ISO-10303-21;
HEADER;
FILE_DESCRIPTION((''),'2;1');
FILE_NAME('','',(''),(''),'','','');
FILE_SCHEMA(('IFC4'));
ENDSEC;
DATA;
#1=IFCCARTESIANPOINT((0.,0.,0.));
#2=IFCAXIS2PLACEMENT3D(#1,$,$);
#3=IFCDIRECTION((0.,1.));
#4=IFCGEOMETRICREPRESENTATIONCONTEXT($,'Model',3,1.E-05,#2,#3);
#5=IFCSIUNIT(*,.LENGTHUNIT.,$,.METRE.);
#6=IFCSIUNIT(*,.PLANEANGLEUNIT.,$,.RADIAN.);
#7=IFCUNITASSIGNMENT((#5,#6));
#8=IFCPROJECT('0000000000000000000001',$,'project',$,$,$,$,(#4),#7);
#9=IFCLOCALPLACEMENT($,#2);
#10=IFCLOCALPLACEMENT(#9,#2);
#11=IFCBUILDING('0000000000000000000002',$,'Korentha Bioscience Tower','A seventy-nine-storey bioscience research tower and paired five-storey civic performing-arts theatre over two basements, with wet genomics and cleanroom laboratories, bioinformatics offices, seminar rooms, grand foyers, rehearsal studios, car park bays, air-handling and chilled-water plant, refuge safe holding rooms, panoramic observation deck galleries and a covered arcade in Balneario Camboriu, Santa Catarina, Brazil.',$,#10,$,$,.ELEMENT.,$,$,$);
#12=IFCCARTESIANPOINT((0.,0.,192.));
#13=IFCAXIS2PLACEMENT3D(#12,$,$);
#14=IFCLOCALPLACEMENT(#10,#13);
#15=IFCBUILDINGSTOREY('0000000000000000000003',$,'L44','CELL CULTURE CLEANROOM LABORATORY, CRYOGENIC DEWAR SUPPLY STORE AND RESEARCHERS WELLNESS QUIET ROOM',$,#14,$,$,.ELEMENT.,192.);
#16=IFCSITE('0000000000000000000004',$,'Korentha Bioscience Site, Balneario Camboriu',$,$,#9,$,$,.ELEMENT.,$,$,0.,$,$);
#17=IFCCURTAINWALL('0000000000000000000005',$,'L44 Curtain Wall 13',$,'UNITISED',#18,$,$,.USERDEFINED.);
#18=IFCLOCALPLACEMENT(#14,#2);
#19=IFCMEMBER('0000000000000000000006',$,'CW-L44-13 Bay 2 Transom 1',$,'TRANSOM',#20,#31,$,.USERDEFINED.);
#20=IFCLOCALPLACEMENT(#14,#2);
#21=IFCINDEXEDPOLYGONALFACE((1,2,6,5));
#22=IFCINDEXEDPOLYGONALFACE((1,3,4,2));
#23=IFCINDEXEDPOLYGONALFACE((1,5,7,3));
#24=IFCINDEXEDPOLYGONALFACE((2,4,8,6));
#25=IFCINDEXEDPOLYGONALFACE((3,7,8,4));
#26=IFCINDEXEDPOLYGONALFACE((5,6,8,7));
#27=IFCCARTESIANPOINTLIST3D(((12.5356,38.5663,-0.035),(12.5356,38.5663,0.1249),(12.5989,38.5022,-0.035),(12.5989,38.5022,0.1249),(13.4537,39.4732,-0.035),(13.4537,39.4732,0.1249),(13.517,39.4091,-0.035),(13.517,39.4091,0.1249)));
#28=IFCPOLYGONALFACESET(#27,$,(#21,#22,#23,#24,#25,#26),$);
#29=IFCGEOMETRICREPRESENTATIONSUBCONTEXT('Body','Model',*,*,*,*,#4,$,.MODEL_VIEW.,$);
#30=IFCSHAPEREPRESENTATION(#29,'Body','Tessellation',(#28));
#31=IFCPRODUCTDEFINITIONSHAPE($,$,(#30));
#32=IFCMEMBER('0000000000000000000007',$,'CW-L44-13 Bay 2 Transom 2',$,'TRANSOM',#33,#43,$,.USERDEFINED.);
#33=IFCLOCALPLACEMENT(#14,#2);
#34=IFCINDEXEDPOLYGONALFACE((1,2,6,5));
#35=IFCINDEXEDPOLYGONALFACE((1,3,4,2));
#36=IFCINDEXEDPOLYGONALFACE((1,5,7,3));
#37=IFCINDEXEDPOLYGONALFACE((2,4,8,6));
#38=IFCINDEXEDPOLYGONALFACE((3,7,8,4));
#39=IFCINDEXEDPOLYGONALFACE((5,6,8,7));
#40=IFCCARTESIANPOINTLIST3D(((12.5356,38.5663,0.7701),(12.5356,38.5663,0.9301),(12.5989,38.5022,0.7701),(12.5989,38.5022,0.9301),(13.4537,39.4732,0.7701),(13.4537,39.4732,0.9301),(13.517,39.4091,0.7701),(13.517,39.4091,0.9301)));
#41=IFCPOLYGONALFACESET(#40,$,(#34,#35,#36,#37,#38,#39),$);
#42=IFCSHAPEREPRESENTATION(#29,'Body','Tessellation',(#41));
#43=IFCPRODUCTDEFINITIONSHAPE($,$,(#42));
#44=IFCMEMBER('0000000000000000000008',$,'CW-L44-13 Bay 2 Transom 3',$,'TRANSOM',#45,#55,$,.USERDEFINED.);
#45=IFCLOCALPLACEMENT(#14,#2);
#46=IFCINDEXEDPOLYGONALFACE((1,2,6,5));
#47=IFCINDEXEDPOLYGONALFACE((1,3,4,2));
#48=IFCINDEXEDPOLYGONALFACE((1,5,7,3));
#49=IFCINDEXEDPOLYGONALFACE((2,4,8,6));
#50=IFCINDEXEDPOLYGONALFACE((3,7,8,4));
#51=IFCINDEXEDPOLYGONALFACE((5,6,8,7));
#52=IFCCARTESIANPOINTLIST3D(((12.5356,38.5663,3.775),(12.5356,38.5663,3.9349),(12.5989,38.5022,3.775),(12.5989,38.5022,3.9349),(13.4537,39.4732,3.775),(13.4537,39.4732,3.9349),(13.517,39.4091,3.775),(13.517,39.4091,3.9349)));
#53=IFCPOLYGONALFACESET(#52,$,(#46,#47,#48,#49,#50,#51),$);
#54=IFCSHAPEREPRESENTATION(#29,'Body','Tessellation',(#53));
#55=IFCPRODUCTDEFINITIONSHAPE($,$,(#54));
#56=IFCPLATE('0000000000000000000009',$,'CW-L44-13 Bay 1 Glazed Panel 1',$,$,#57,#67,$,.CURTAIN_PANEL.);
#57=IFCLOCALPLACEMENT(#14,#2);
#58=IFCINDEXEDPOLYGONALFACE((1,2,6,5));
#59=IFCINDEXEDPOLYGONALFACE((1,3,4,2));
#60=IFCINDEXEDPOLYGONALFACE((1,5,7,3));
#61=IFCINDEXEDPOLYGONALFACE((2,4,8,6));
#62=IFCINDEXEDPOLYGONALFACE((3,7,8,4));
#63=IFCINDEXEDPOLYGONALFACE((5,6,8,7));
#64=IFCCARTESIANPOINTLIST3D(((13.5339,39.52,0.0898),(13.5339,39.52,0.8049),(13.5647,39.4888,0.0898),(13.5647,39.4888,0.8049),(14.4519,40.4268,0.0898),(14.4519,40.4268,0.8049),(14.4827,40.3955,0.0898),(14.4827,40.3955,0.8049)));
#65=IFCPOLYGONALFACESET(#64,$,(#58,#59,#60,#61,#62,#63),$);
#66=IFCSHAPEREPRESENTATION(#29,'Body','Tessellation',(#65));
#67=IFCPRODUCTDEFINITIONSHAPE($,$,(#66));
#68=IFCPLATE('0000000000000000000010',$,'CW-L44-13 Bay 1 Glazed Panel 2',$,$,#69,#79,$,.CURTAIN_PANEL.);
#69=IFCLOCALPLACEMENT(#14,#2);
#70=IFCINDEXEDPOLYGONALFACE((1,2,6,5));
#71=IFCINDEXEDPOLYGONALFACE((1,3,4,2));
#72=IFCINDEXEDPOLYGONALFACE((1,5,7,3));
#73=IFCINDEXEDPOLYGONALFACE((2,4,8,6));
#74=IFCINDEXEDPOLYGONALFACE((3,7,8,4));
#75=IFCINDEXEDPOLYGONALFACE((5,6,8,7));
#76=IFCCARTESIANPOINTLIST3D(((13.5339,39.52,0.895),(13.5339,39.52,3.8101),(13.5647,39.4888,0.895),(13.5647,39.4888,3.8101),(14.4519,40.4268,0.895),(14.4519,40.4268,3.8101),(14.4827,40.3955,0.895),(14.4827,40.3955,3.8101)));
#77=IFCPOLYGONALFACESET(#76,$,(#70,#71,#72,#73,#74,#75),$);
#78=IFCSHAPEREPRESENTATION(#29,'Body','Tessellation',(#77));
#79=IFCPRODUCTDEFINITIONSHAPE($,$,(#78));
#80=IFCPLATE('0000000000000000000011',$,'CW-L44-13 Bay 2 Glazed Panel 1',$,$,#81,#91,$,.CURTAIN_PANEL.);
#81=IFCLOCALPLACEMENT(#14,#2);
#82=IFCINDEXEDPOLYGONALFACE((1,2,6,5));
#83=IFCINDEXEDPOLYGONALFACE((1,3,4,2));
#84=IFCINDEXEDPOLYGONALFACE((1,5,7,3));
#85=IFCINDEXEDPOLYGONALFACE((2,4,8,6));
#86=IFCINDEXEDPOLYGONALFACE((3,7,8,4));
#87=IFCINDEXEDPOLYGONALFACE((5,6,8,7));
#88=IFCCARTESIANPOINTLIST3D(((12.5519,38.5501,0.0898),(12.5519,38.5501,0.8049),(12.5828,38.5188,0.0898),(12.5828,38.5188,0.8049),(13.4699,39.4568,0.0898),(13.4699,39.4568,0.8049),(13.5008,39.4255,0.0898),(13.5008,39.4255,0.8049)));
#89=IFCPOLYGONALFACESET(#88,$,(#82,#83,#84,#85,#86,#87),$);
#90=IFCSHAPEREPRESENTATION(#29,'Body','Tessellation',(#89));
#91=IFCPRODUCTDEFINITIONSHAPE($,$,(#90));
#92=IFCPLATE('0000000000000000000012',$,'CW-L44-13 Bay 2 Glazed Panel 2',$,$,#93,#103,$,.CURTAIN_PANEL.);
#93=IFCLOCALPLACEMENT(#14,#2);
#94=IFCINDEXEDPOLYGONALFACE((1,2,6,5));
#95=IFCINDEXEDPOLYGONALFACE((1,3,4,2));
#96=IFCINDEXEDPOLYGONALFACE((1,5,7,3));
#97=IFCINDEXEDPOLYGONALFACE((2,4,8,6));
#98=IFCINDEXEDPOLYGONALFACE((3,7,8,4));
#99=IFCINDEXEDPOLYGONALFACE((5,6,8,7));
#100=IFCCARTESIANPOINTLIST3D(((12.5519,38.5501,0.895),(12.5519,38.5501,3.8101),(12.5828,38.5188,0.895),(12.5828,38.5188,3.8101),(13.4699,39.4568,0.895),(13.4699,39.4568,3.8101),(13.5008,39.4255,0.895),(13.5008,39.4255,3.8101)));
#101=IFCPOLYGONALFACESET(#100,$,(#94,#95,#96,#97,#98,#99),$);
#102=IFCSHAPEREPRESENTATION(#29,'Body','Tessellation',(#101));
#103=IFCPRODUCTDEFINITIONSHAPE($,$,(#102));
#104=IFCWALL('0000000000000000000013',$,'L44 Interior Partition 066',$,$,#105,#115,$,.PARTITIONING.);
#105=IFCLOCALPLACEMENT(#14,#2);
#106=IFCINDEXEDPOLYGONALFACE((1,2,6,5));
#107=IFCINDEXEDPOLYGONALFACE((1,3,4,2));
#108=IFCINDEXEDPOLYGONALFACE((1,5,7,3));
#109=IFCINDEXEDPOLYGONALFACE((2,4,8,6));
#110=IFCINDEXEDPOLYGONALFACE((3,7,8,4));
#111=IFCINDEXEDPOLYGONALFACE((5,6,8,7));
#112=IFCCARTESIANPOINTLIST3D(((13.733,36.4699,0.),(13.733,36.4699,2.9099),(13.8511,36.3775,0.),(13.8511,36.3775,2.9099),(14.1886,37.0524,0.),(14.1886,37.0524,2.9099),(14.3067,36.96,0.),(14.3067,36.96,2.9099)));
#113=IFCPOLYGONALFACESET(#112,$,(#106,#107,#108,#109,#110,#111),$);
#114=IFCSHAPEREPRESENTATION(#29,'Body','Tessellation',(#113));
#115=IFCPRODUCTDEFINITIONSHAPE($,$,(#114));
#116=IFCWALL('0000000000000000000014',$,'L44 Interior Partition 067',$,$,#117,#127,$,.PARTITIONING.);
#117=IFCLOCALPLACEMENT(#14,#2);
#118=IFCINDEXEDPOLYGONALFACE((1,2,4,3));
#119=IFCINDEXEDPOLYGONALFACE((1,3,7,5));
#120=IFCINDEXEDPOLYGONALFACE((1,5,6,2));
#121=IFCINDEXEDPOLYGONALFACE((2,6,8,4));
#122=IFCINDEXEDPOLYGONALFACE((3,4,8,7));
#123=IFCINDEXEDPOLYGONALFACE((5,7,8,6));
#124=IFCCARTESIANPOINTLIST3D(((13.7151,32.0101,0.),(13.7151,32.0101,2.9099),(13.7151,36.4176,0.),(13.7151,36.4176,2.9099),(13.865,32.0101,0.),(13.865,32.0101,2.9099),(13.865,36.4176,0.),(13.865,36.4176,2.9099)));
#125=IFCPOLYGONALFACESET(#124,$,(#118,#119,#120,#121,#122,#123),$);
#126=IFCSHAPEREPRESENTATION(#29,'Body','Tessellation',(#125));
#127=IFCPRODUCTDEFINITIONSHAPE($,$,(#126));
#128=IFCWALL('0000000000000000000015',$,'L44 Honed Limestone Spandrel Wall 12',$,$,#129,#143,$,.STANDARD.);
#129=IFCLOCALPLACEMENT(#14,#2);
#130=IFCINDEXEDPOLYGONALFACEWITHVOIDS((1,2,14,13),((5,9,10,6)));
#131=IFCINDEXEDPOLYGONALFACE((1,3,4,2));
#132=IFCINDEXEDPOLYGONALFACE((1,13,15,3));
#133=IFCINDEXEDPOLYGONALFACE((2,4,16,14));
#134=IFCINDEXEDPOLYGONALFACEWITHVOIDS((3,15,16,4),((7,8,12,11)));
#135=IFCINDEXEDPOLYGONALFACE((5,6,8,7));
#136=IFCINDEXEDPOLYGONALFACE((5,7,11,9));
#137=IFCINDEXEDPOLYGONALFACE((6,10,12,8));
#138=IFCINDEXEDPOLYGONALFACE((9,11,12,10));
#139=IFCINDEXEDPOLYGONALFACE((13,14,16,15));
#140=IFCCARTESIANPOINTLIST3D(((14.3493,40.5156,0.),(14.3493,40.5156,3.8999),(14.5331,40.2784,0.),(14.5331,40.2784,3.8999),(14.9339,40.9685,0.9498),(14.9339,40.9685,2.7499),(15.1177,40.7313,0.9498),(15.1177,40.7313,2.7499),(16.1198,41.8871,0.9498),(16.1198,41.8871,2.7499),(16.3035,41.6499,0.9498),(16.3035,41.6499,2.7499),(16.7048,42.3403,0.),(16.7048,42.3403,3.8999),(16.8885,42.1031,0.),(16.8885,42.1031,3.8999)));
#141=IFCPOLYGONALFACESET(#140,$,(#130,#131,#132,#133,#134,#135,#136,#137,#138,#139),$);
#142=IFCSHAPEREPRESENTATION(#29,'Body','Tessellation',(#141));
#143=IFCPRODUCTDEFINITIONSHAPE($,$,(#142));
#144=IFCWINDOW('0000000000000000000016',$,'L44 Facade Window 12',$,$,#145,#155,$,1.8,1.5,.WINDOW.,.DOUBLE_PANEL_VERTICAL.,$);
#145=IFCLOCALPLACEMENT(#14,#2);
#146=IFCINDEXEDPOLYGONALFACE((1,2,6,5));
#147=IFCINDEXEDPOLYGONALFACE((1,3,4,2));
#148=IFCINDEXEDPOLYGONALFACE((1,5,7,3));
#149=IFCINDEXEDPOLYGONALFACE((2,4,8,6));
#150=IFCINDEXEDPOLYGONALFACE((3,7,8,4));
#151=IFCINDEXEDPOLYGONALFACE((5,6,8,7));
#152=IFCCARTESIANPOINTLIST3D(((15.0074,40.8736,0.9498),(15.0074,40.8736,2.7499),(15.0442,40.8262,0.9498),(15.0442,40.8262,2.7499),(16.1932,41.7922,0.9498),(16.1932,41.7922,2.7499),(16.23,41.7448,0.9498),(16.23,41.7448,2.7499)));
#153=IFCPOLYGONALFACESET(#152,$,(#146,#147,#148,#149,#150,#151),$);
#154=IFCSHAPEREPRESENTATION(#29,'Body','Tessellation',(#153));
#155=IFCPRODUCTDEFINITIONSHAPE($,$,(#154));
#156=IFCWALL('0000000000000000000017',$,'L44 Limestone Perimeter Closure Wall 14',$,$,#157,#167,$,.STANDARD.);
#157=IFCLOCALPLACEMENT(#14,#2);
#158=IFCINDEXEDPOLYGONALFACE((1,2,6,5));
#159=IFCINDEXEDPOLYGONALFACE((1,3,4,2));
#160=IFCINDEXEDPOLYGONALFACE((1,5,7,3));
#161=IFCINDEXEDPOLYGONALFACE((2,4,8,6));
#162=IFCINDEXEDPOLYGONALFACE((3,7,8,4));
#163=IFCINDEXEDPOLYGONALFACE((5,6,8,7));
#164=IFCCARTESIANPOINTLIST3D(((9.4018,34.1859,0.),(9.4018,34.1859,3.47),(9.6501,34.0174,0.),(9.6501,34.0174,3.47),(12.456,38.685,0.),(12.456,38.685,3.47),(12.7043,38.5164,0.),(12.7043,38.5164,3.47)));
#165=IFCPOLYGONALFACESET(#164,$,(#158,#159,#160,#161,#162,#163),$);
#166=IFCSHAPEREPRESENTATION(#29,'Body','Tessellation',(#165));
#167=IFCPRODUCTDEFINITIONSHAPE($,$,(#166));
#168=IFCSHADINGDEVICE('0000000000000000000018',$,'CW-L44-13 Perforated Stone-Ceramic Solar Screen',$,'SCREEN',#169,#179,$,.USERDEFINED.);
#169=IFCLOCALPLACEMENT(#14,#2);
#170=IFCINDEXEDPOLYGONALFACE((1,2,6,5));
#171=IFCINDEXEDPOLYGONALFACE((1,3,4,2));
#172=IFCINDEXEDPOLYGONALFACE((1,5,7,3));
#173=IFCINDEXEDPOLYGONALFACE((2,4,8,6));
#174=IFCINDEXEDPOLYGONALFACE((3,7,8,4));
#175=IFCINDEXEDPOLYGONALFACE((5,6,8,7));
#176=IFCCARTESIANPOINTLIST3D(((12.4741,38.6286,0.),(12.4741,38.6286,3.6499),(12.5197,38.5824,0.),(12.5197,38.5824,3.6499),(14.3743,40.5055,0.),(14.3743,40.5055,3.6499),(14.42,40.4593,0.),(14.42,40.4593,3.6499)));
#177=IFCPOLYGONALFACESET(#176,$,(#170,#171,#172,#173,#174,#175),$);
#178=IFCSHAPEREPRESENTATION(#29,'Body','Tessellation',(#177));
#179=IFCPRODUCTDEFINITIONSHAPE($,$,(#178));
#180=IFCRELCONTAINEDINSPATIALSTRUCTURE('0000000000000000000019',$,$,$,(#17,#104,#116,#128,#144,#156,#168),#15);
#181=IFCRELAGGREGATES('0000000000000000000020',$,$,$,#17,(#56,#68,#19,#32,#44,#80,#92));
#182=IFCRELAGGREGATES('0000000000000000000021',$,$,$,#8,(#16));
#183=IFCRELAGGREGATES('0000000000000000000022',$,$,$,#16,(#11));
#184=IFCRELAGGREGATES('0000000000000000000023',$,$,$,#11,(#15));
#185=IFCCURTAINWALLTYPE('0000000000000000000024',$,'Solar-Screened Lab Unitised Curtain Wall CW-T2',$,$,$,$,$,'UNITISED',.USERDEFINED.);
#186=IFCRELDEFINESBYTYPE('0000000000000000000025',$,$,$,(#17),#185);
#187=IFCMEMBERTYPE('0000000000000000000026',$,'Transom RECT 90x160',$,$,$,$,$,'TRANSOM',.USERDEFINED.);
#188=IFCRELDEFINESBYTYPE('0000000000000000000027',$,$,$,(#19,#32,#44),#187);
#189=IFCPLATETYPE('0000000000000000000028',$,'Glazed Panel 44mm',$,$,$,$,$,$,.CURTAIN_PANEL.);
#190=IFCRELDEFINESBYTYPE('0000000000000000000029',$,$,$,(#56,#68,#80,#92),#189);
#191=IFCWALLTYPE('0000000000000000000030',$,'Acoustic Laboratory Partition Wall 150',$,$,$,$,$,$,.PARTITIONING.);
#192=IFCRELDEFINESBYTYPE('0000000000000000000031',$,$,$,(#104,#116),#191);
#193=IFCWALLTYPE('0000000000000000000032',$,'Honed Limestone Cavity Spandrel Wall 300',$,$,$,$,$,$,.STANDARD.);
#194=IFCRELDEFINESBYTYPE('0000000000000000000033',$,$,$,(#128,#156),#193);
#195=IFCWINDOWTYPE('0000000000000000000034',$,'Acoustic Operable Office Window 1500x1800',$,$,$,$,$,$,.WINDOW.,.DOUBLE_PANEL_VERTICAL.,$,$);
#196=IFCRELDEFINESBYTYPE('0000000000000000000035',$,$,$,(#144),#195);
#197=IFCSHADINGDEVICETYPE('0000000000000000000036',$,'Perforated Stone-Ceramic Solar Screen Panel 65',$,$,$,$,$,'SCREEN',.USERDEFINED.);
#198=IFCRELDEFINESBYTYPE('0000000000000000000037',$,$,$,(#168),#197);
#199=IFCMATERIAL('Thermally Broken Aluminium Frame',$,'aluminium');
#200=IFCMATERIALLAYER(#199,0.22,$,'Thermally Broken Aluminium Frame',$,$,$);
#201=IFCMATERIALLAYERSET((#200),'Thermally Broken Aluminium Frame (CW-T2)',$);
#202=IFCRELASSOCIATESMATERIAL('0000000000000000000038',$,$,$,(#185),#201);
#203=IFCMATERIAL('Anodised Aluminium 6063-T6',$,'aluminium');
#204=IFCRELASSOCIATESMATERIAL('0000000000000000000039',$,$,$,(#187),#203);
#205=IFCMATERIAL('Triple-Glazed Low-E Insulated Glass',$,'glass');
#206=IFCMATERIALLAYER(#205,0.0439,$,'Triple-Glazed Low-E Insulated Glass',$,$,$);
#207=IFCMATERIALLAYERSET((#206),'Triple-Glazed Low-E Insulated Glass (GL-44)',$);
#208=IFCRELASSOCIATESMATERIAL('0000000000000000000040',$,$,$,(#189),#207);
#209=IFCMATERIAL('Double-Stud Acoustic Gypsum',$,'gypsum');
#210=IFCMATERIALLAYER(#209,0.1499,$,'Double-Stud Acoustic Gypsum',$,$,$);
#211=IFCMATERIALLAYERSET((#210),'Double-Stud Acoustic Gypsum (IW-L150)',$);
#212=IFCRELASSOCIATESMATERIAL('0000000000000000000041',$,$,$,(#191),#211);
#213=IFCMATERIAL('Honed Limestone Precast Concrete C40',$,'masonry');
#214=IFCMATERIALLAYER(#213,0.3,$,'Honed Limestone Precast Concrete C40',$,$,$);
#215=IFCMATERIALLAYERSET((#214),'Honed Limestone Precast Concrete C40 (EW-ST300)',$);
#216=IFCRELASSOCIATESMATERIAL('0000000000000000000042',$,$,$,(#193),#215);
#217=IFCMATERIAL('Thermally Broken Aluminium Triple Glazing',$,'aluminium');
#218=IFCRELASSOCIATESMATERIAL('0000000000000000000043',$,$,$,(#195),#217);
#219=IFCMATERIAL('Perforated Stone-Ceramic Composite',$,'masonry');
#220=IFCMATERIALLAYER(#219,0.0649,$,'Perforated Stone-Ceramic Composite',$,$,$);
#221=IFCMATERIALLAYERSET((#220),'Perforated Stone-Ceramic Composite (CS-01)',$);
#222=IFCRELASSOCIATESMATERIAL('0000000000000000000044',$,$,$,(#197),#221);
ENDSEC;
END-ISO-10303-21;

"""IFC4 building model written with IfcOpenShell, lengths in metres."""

from ifc_helpers import new_model, si_unit, direction, frame, frame_2d, origin, origin_2d, place, context, subcontext, project, spatial, rectangle, extrude, material, layer, layer_set, material_profile, profile_set, type_object, element, fill, aggregate, save


model = new_model("IFC4")

# Units and contexts
model_context = context("Model", 3, precision=1e-05, world=origin(), true_north=direction((0.0, 1.0)))
body_context = subcontext(model_context, "Body", "Model", "MODEL_VIEW")
ifc_project = project(units=[si_unit("LENGTHUNIT", "METRE"), si_unit("PLANEANGLEUNIT", "RADIAN")], contexts=[model_context])

# Site, building, storey
site_placement = place(None, origin())
site = spatial("IfcSite", under=ifc_project, at=site_placement, Name="Korentha Bioscience Site, Balneario Camboriu", CompositionType="ELEMENT", RefElevation=0.0)
building_placement = place(site_placement, origin())
building = spatial("IfcBuilding", under=site, at=building_placement, Name="Korentha Bioscience Tower", Description="A seventy-nine-storey bioscience research tower and paired five-storey civic performing-arts theatre over two basements, with wet genomics and cleanroom laboratories, bioinformatics offices, seminar rooms, grand foyers, rehearsal studios, car park bays, air-handling and chilled-water plant, refuge safe holding rooms, panoramic observation deck galleries and a covered arcade in Balneario Camboriu, Santa Catarina, Brazil.", CompositionType="ELEMENT")
storey_placement = place(building_placement, frame((0.0, 0.0, 192.0)))
storey = spatial("IfcBuildingStorey", under=building, at=storey_placement, Name="L44", Description="CELL CULTURE CLEANROOM LABORATORY, CRYOGENIC DEWAR SUPPLY STORE AND RESEARCHERS WELLNESS QUIET ROOM", CompositionType="ELEMENT", Elevation=192.0)

# Curtain wall
ifc_material_1 = material(Name="Thermally Broken Aluminium Frame", Category="aluminium")
ifc_layer_1 = layer(ifc_material_1, 0.22, Name="Thermally Broken Aluminium Frame")
ifc_layer_set_1 = layer_set([ifc_layer_1], Name="Thermally Broken Aluminium Frame (CW-T2)")
curtain_wall_type = type_object("IfcCurtainWallType", Name="Solar-Screened Lab Unitised Curtain Wall CW-T2", ElementType="UNITISED", PredefinedType="USERDEFINED", material=ifc_layer_set_1)
curtain_wall_placement = place(storey_placement, origin())
curtain_wall = element("IfcCurtainWall", 1, at=curtain_wall_placement, inside=storey, type_object=curtain_wall_type, Name="L44 Curtain Wall 13", ObjectType="UNITISED", PredefinedType="USERDEFINED")
ifc_material_2 = material(Name="Anodised Aluminium 6063-T6", Category="aluminium")

# Members
ifc_material_profile_1 = material_profile(ifc_material_2, rectangle(XDim=0.0901, YDim=0.1599, at=origin_2d()), Name="Anodised Aluminium 6063-T6")
ifc_profile_set_1 = profile_set([ifc_material_profile_1], Name="Anodised Aluminium 6063-T6 (CW-TRN)")
member_type_1 = type_object("IfcMemberType", Name="Transom RECT 90x160", ElementType="TRANSOM", PredefinedType="USERDEFINED", material=ifc_profile_set_1)
member_1_placement = place(storey_placement, frame((13.4854, 39.4412, 0.0449), z_axis=(-0.711444, -0.702743, 0.0), x_axis=(0.702743, -0.711444, 0.0)))
member_1 = element("IfcMember", 2, at=member_1_placement, type_object=member_type_1, Name="CW-L44-13 Bay 2 Transom 1", ObjectType="TRANSOM", PredefinedType="USERDEFINED", context=body_context, shape_type="SweptSolid", body=[
    extrude(rectangle(XDim=0.0901, YDim=0.1599, at=origin_2d()), origin(), (0.0, 0.0, 1.0), 1.2905),
])
member_2_placement = place(storey_placement, frame((13.4854, 39.4412, 0.8501), z_axis=(-0.711444, -0.702743, 0.0), x_axis=(0.702743, -0.711444, 0.0)))
member_2 = element("IfcMember", 3, at=member_2_placement, type_object=member_type_1, Name="CW-L44-13 Bay 2 Transom 2", ObjectType="TRANSOM", PredefinedType="USERDEFINED", context=body_context, shape_type="SweptSolid", body=[
    extrude(rectangle(XDim=0.0901, YDim=0.1599, at=origin_2d()), origin(), (0.0, 0.0, 1.0), 1.2905),
])
member_3_placement = place(storey_placement, frame((13.4854, 39.4412, 3.855), z_axis=(-0.711444, -0.702743, 0.0), x_axis=(0.702743, -0.711444, 0.0)))
member_3 = element("IfcMember", 4, at=member_3_placement, type_object=member_type_1, Name="CW-L44-13 Bay 2 Transom 3", ObjectType="TRANSOM", PredefinedType="USERDEFINED", context=body_context, shape_type="SweptSolid", body=[
    extrude(rectangle(XDim=0.0901, YDim=0.1599, at=origin_2d()), origin(), (0.0, 0.0, 1.0), 1.2905),
])

# Plates
ifc_material_3 = material(Name="Triple-Glazed Low-E Insulated Glass", Category="glass")
ifc_layer_2 = layer(ifc_material_3, 0.0439, Name="Triple-Glazed Low-E Insulated Glass")
ifc_layer_set_2 = layer_set([ifc_layer_2], Name="Triple-Glazed Low-E Insulated Glass (GL-44)")
plate_type = type_object("IfcPlateType", Name="Glazed Panel 44mm", PredefinedType="CURTAIN_PANEL", material=ifc_layer_set_2)
plate_1_placement = place(storey_placement, frame((14.0083, 39.9578, 0.0898), z_axis=(0.0, 0.0, 1.0), x_axis=(-0.711461, -0.702726, 0.0)))
plate_1 = element("IfcPlate", 5, at=plate_1_placement, type_object=plate_type, Name="CW-L44-13 Bay 1 Glazed Panel 1", PredefinedType="CURTAIN_PANEL", context=body_context, shape_type="SweptSolid", body=[
    extrude(rectangle(XDim=1.2903, YDim=0.0439, at=origin_2d()), origin(), (0.0, 0.0, 1.0), 0.7151),
])
plate_2_placement = place(storey_placement, frame((14.0083, 39.9578, 0.895), z_axis=(0.0, 0.0, 1.0), x_axis=(-0.711461, -0.702726, 0.0)))
plate_2 = element("IfcPlate", 6, at=plate_2_placement, type_object=plate_type, Name="CW-L44-13 Bay 1 Glazed Panel 2", PredefinedType="CURTAIN_PANEL", context=body_context, shape_type="SweptSolid", body=[
    extrude(rectangle(XDim=1.2903, YDim=0.0439, at=origin_2d()), origin(), (0.0, 0.0, 1.0), 2.915),
])
plate_3_placement = place(storey_placement, frame((13.0264, 38.9878, 0.0898), z_axis=(0.0, 0.0, 1.0), x_axis=(-0.711461, -0.702726, 0.0)))
plate_3 = element("IfcPlate", 7, at=plate_3_placement, type_object=plate_type, Name="CW-L44-13 Bay 2 Glazed Panel 1", PredefinedType="CURTAIN_PANEL", context=body_context, shape_type="SweptSolid", body=[
    extrude(rectangle(XDim=1.2903, YDim=0.0439, at=origin_2d()), origin(), (0.0, 0.0, 1.0), 0.7151),
])
plate_4_placement = place(storey_placement, frame((13.0264, 38.9878, 0.895), z_axis=(0.0, 0.0, 1.0), x_axis=(-0.711461, -0.702726, 0.0)))
plate_4 = element("IfcPlate", 8, at=plate_4_placement, type_object=plate_type, Name="CW-L44-13 Bay 2 Glazed Panel 2", PredefinedType="CURTAIN_PANEL", context=body_context, shape_type="SweptSolid", body=[
    extrude(rectangle(XDim=1.2903, YDim=0.0439, at=origin_2d()), origin(), (0.0, 0.0, 1.0), 2.915),
])
aggregate(curtain_wall, [plate_1, plate_2, member_1, member_2, member_3, plate_3, plate_4])

# Shared definitions
ifc_material_4 = material(Name="Double-Stud Acoustic Gypsum", Category="gypsum")
ifc_layer_3 = layer(ifc_material_4, 0.1499, Name="Double-Stud Acoustic Gypsum")
ifc_layer_set_3 = layer_set([ifc_layer_3], Name="Double-Stud Acoustic Gypsum (IW-L150)")
wall_type_1 = type_object("IfcWallType", Name="Acoustic Laboratory Partition Wall 150", PredefinedType="PARTITIONING", material=ifc_layer_set_3)

# Walls
wall_1_placement = place(storey_placement, frame((14.2476, 37.0061, 0.0), z_axis=(0.0, 0.0, 1.0), x_axis=(-0.616041, -0.787714, 0.0)))
element("IfcWall", 9, at=wall_1_placement, inside=storey, type_object=wall_type_1, Name="L44 Interior Partition 066", PredefinedType="PARTITIONING", context=body_context, shape_type="SweptSolid", body=[
    extrude(rectangle(XDim=0.7395, YDim=0.1499, at=frame_2d((0.3696, 0.0))), origin(), (0.0, 0.0, 1.0), 2.9099),
])
wall_2_placement = place(storey_placement, frame((13.79, 36.4175, 0.0), z_axis=(0.0, 0.0, 1.0), x_axis=(0.0, -1.0, 0.0)))
element("IfcWall", 10, at=wall_2_placement, inside=storey, type_object=wall_type_1, Name="L44 Interior Partition 067", PredefinedType="PARTITIONING", context=body_context, shape_type="SweptSolid", body=[
    extrude(rectangle(XDim=4.4075, YDim=0.1499, at=frame_2d((2.2036, 0.0))), origin(), (0.0, 0.0, 1.0), 2.9099),
])

# Wall, opening, window
ifc_material_5 = material(Name="Honed Limestone Precast Concrete C40", Category="masonry")
ifc_layer_4 = layer(ifc_material_5, 0.3, Name="Honed Limestone Precast Concrete C40")
ifc_layer_set_4 = layer_set([ifc_layer_4], Name="Honed Limestone Precast Concrete C40 (EW-ST300)")
wall_type_2 = type_object("IfcWallType", Name="Honed Limestone Cavity Spandrel Wall 300", PredefinedType="STANDARD", material=ifc_layer_set_4)
wall_3_placement = place(storey_placement, frame((16.7966, 42.2217, 0.0), z_axis=(0.0, 0.0, 1.0), x_axis=(-0.790542, -0.612408, 0.0)))
wall_3 = element("IfcWall", 11, at=wall_3_placement, inside=storey, type_object=wall_type_2, Name="L44 Honed Limestone Spandrel Wall 12", PredefinedType="STANDARD", context=body_context, shape_type="SweptSolid", body=[
    extrude(rectangle(XDim=2.9795, YDim=0.3, at=frame_2d((1.4897, 0.0))), origin(), (0.0, 0.0, 1.0), 3.8999),
])
opening_1_placement = place(wall_3_placement, frame((0.74, 0.0, 0.95)))
opening_1 = element("IfcOpeningElement", 12, at=opening_1_placement, cuts=wall_3, PredefinedType="OPENING", context=body_context, shape_type="SweptSolid", body=[
    extrude(rectangle(XDim=1.5, YDim=1.8, at=frame_2d((0.75, 0.8999))), frame((0.0, 0.165, 0.0), z_axis=(0.0, -1.0, 0.0), x_axis=(1.0, 0.0, 0.0)), (0.0, 0.0, 1.0), 0.3298),
])
ifc_material_6 = material(Name="Thermally Broken Aluminium Triple Glazing", Category="aluminium")
window_type = type_object("IfcWindowType", Name="Acoustic Operable Office Window 1500x1800", PartitioningType="DOUBLE_PANEL_VERTICAL", PredefinedType="WINDOW", material=ifc_material_6)
window_placement = place(opening_1_placement, origin())
window = element("IfcWindow", 13, at=window_placement, inside=storey, type_object=window_type, Name="L44 Facade Window 12", OverallHeight=1.8, OverallWidth=1.5, PartitioningType="DOUBLE_PANEL_VERTICAL", PredefinedType="WINDOW", context=body_context, shape_type="SweptSolid", body=[
    extrude(rectangle(XDim=1.5, YDim=1.8, at=frame_2d((0.75, 0.8999))), frame((0.0, 0.03, 0.0), z_axis=(0.0, -1.0, 0.0), x_axis=(1.0, 0.0, 0.0)), (0.0, 0.0, 1.0), 0.0601),
])
fill(opening_1, window)

# Wall
wall_4_placement = place(storey_placement, frame((12.5801, 38.6006, 0.0), z_axis=(0.0, 0.0, 1.0), x_axis=(-0.561664, -0.827365, 0.0)))
element("IfcWall", 14, at=wall_4_placement, inside=storey, type_object=wall_type_2, Name="L44 Limestone Perimeter Closure Wall 14", PredefinedType="STANDARD", context=body_context, shape_type="SweptSolid", body=[
    extrude(rectangle(XDim=5.4377, YDim=0.3, at=frame_2d((2.7188, 0.0))), origin(), (0.0, 0.0, 1.0), 3.47),
])

# Shading device
ifc_material_7 = material(Name="Perforated Stone-Ceramic Composite", Category="masonry")
ifc_layer_5 = layer(ifc_material_7, 0.0649, Name="Perforated Stone-Ceramic Composite")
ifc_layer_set_5 = layer_set([ifc_layer_5], Name="Perforated Stone-Ceramic Composite (CS-01)")
shading_device_type_1 = type_object("IfcShadingDeviceType", Name="Perforated Stone-Ceramic Solar Screen Panel 65", ElementType="SCREEN", PredefinedType="USERDEFINED", material=ifc_layer_set_5)
shading_device_1_placement = place(storey_placement, frame((13.447, 39.5439, 0.0), z_axis=(0.0, 0.0, 1.0), x_axis=(-0.711461, -0.702726, 0.0)))
element("IfcShadingDevice", 15, at=shading_device_1_placement, inside=storey, type_object=shading_device_type_1, Name="CW-L44-13 Perforated Stone-Ceramic Solar Screen", ObjectType="SCREEN", PredefinedType="USERDEFINED", context=body_context, shape_type="SweptSolid", body=[
    extrude(rectangle(XDim=2.6709, YDim=0.0649, at=origin_2d()), origin(), (0.0, 0.0, 1.0), 3.6499),
])

save(model, "model.ifc")
